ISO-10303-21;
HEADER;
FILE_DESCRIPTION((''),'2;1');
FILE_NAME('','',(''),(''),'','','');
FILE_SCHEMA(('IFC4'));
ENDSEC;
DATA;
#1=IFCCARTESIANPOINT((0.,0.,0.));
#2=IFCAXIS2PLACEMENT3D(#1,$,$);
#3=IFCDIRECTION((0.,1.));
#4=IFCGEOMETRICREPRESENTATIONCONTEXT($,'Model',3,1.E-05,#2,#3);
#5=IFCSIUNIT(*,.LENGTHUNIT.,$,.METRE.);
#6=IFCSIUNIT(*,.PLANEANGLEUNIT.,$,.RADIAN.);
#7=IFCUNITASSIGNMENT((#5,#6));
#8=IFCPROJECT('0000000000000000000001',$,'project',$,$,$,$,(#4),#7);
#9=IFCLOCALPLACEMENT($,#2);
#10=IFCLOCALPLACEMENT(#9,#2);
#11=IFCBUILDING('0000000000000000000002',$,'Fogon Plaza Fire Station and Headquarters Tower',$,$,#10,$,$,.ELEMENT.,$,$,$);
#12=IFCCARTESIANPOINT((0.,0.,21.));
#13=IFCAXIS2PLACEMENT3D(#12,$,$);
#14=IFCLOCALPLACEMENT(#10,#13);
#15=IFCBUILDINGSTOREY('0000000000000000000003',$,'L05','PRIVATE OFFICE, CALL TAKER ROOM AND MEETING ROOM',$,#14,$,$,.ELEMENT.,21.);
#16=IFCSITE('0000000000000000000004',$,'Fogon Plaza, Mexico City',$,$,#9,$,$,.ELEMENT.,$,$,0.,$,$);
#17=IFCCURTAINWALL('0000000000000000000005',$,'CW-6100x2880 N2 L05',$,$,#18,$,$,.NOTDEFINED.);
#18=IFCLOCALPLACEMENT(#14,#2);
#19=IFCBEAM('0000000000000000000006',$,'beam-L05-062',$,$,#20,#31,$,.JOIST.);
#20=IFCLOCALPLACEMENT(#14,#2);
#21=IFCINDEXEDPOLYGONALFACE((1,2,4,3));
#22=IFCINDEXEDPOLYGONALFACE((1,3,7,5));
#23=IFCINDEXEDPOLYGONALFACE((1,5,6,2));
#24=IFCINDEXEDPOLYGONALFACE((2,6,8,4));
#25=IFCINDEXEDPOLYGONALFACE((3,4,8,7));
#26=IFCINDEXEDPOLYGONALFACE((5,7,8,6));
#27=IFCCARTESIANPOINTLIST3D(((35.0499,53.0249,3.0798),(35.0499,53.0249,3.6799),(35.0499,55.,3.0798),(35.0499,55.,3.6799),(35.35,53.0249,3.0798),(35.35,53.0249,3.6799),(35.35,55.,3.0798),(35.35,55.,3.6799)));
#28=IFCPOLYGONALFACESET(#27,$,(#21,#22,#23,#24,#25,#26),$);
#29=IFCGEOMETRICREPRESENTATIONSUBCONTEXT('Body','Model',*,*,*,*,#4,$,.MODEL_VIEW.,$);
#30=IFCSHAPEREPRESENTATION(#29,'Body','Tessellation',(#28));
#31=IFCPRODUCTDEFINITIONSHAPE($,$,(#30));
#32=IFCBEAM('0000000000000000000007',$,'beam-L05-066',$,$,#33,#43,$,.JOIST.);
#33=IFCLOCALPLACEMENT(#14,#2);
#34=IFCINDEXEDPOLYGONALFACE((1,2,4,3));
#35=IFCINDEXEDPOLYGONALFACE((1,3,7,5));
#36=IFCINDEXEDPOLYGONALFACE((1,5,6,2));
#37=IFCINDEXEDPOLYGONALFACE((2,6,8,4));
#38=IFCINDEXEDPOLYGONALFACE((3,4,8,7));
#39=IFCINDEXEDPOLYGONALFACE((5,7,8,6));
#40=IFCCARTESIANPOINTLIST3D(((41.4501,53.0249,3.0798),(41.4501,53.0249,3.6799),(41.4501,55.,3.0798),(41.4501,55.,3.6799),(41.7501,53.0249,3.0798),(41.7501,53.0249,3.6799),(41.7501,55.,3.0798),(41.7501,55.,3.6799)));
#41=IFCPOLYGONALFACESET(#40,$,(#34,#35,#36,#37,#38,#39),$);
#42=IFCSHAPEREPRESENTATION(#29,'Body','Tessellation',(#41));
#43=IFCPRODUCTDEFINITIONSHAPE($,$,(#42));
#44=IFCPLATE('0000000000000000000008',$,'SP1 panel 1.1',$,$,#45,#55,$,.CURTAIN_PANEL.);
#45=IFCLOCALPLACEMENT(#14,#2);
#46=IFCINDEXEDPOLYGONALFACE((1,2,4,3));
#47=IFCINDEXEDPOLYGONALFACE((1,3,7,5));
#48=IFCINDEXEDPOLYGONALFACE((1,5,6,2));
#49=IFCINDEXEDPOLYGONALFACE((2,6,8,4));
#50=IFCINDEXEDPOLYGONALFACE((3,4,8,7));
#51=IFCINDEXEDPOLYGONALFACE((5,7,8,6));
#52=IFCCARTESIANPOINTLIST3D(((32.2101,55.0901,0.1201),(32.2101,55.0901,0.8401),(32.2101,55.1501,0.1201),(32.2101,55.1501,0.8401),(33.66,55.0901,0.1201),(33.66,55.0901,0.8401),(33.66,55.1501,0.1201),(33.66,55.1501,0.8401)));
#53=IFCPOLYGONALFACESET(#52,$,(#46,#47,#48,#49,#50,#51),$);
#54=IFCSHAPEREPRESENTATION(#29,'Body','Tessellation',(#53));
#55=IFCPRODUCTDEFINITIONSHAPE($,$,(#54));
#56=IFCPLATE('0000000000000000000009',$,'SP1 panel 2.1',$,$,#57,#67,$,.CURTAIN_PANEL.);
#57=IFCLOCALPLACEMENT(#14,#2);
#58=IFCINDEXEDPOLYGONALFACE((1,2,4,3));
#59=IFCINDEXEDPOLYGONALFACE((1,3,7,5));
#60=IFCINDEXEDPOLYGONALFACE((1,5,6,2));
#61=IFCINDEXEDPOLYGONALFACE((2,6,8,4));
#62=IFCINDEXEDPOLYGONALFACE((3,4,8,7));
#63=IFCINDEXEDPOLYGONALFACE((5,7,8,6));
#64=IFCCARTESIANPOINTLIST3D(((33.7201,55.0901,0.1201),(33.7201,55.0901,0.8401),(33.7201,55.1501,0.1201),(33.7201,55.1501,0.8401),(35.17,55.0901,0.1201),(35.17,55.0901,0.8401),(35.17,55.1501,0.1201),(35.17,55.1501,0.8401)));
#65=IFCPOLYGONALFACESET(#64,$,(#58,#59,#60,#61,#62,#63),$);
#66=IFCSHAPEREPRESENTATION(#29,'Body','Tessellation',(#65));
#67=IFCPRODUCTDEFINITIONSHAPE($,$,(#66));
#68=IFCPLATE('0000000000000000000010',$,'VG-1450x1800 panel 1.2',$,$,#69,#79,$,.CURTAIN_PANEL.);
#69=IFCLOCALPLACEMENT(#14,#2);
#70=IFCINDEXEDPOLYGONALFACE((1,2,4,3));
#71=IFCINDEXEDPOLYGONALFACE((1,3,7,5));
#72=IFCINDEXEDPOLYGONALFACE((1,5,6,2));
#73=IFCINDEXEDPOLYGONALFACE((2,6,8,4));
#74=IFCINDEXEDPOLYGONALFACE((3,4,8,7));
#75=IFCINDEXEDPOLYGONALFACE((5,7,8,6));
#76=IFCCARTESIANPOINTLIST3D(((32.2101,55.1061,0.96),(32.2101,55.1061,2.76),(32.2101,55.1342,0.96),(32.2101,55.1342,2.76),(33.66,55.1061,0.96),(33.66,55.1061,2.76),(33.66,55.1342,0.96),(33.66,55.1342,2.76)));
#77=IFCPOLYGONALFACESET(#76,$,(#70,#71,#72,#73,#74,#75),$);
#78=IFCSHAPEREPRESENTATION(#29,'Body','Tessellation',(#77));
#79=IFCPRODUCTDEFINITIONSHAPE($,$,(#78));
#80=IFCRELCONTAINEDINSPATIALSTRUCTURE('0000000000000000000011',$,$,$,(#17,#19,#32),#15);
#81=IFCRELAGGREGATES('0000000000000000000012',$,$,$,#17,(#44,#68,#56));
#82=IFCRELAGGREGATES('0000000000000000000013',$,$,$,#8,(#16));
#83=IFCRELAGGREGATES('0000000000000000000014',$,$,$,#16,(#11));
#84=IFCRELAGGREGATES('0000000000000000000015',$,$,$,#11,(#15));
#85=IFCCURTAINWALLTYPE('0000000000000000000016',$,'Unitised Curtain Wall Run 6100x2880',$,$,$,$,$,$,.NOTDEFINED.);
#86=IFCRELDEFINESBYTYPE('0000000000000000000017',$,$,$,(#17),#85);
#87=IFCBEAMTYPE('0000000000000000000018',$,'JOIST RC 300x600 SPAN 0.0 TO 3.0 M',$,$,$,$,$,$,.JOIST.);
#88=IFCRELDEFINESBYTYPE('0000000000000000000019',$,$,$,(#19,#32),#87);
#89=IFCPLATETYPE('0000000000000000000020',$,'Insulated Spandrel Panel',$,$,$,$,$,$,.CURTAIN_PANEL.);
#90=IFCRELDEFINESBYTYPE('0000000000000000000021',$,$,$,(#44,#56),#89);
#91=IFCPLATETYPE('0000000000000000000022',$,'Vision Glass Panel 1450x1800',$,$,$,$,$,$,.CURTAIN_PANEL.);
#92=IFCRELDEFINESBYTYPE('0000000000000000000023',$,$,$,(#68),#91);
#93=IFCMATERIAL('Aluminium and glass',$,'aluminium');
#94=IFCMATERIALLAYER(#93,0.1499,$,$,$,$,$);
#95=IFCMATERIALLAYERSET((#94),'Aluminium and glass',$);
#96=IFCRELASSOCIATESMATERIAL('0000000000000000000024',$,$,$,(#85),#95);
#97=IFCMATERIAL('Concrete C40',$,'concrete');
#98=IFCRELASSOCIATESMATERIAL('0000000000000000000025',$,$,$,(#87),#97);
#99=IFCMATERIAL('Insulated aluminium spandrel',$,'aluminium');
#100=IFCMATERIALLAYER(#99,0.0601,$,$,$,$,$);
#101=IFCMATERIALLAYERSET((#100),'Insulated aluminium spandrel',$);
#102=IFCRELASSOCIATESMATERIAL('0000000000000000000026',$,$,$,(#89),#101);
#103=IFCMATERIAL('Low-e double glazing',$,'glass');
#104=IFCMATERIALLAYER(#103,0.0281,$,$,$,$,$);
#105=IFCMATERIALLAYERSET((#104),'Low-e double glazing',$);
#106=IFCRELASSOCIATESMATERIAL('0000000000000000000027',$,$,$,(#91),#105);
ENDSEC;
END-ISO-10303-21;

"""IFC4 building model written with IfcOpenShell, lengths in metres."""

from ifc_helpers import new_model, si_unit, direction, frame, origin, origin_2d, place, context, subcontext, project, spatial, rectangle, extrude, material, layer, layer_set, material_profile, profile_set, type_object, element, aggregate, save


model = new_model("IFC4")

# Units and contexts
model_context = context("Model", 3, precision=1e-05, world=origin(), true_north=direction((0.0, 1.0)))
body_context = subcontext(model_context, "Body", "Model", "MODEL_VIEW")
ifc_project = project(units=[si_unit("LENGTHUNIT", "METRE"), si_unit("PLANEANGLEUNIT", "RADIAN")], contexts=[model_context])

# Site, building, storey
site_placement = place(None, origin())
site = spatial("IfcSite", under=ifc_project, at=site_placement, Name="Fogon Plaza, Mexico City", CompositionType="ELEMENT", RefElevation=0.0)
building_placement = place(site_placement, origin())
building = spatial("IfcBuilding", under=site, at=building_placement, Name="Fogon Plaza Fire Station and Headquarters Tower", CompositionType="ELEMENT")
storey_placement = place(building_placement, frame((0.0, 0.0, 21.0)))
storey = spatial("IfcBuildingStorey", under=building, at=storey_placement, Name="L05", Description="PRIVATE OFFICE, CALL TAKER ROOM AND MEETING ROOM", CompositionType="ELEMENT", Elevation=21.0)

# Shared definitions
ifc_material_1 = material(Name="Aluminium and glass", Category="aluminium")
ifc_layer_1 = layer(ifc_material_1, 0.1499)
ifc_layer_set_1 = layer_set([ifc_layer_1], Name="Aluminium and glass")
curtain_wall_type = type_object("IfcCurtainWallType", Name="Unitised Curtain Wall Run 6100x2880", PredefinedType="NOTDEFINED", material=ifc_layer_set_1)

# Curtain wall
curtain_wall_1_placement = place(storey_placement, origin())
curtain_wall_1 = element("IfcCurtainWall", 1, at=curtain_wall_1_placement, inside=storey, type_object=curtain_wall_type, Name="CW-6100x2880 N2 L05", PredefinedType="NOTDEFINED")

# Beams
ifc_material_2 = material(Name="Concrete C40", Category="concrete")
ifc_material_profile_1 = material_profile(ifc_material_2, rectangle(XDim=0.3, YDim=0.6001, at=origin_2d()), Name="RC 300x600")
ifc_profile_set_1 = profile_set([ifc_material_profile_1], Name="Concrete C40")
beam_type_1 = type_object("IfcBeamType", Name="JOIST RC 300x600 SPAN 0.0 TO 3.0 M", PredefinedType="JOIST", material=ifc_profile_set_1)
for number, where, z_axis, x_axis, name in (
    (2, (35.2, 53.0249, 3.3799), (0.0, 1.0, 0.0), (-1.0, 0.0, 0.0), "beam-L05-062"),
    (3, (41.6001, 53.0249, 3.3799), (0.0, 1.0, 0.0), (-1.0, 0.0, 0.0), "beam-L05-066"),
):
    element("IfcBeam", number, at=place(storey_placement, frame(where, z_axis=z_axis, x_axis=x_axis)), inside=storey, type_object=beam_type_1, Name=name, PredefinedType="JOIST", context=body_context, shape_type="SweptSolid", body=[
        extrude(rectangle(XDim=0.3, YDim=0.6001, at=origin_2d()), origin(), (0.0, 0.0, 1.0), 1.9751),
    ])

# Plates
ifc_material_3 = material(Name="Insulated aluminium spandrel", Category="aluminium")
ifc_layer_2 = layer(ifc_material_3, 0.0601)
ifc_layer_set_2 = layer_set([ifc_layer_2], Name="Insulated aluminium spandrel")
plate_type_1 = type_object("IfcPlateType", Name="Insulated Spandrel Panel", PredefinedType="CURTAIN_PANEL", material=ifc_layer_set_2)
plate_1_placement = place(storey_placement, frame((32.9351, 55.1201, 0.1201), z_axis=(0.0, 0.0, 1.0), x_axis=(1.0, 0.0, 0.0)))
plate_1 = element("IfcPlate", 4, at=plate_1_placement, type_object=plate_type_1, Name="SP1 panel 1.1", PredefinedType="CURTAIN_PANEL", context=body_context, shape_type="SweptSolid", body=[
    extrude(rectangle(XDim=1.45, YDim=0.0601, at=origin_2d()), origin(), (0.0, 0.0, 1.0), 0.72),
])
plate_2_placement = place(storey_placement, frame((34.4451, 55.1201, 0.1201), z_axis=(0.0, 0.0, 1.0), x_axis=(1.0, 0.0, 0.0)))
plate_2 = element("IfcPlate", 5, at=plate_2_placement, type_object=plate_type_1, Name="SP1 panel 2.1", PredefinedType="CURTAIN_PANEL", context=body_context, shape_type="SweptSolid", body=[
    extrude(rectangle(XDim=1.45, YDim=0.0601, at=origin_2d()), origin(), (0.0, 0.0, 1.0), 0.72),
])
ifc_material_4 = material(Name="Low-e double glazing", Category="glass")
ifc_layer_3 = layer(ifc_material_4, 0.0281)
ifc_layer_set_3 = layer_set([ifc_layer_3], Name="Low-e double glazing")
plate_type_2 = type_object("IfcPlateType", Name="Vision Glass Panel 1450x1800", PredefinedType="CURTAIN_PANEL", material=ifc_layer_set_3)
plate_3_placement = place(storey_placement, frame((32.9351, 55.1201, 0.96), z_axis=(0.0, 0.0, 1.0), x_axis=(1.0, 0.0, 0.0)))
plate_3 = element("IfcPlate", 6, at=plate_3_placement, type_object=plate_type_2, Name="VG-1450x1800 panel 1.2", PredefinedType="CURTAIN_PANEL", context=body_context, shape_type="SweptSolid", body=[
    extrude(rectangle(XDim=1.45, YDim=0.0281, at=origin_2d()), origin(), (0.0, 0.0, 1.0), 1.8),
])
aggregate(curtain_wall_1, [plate_1, plate_3, plate_2])

save(model, "model.ifc")
